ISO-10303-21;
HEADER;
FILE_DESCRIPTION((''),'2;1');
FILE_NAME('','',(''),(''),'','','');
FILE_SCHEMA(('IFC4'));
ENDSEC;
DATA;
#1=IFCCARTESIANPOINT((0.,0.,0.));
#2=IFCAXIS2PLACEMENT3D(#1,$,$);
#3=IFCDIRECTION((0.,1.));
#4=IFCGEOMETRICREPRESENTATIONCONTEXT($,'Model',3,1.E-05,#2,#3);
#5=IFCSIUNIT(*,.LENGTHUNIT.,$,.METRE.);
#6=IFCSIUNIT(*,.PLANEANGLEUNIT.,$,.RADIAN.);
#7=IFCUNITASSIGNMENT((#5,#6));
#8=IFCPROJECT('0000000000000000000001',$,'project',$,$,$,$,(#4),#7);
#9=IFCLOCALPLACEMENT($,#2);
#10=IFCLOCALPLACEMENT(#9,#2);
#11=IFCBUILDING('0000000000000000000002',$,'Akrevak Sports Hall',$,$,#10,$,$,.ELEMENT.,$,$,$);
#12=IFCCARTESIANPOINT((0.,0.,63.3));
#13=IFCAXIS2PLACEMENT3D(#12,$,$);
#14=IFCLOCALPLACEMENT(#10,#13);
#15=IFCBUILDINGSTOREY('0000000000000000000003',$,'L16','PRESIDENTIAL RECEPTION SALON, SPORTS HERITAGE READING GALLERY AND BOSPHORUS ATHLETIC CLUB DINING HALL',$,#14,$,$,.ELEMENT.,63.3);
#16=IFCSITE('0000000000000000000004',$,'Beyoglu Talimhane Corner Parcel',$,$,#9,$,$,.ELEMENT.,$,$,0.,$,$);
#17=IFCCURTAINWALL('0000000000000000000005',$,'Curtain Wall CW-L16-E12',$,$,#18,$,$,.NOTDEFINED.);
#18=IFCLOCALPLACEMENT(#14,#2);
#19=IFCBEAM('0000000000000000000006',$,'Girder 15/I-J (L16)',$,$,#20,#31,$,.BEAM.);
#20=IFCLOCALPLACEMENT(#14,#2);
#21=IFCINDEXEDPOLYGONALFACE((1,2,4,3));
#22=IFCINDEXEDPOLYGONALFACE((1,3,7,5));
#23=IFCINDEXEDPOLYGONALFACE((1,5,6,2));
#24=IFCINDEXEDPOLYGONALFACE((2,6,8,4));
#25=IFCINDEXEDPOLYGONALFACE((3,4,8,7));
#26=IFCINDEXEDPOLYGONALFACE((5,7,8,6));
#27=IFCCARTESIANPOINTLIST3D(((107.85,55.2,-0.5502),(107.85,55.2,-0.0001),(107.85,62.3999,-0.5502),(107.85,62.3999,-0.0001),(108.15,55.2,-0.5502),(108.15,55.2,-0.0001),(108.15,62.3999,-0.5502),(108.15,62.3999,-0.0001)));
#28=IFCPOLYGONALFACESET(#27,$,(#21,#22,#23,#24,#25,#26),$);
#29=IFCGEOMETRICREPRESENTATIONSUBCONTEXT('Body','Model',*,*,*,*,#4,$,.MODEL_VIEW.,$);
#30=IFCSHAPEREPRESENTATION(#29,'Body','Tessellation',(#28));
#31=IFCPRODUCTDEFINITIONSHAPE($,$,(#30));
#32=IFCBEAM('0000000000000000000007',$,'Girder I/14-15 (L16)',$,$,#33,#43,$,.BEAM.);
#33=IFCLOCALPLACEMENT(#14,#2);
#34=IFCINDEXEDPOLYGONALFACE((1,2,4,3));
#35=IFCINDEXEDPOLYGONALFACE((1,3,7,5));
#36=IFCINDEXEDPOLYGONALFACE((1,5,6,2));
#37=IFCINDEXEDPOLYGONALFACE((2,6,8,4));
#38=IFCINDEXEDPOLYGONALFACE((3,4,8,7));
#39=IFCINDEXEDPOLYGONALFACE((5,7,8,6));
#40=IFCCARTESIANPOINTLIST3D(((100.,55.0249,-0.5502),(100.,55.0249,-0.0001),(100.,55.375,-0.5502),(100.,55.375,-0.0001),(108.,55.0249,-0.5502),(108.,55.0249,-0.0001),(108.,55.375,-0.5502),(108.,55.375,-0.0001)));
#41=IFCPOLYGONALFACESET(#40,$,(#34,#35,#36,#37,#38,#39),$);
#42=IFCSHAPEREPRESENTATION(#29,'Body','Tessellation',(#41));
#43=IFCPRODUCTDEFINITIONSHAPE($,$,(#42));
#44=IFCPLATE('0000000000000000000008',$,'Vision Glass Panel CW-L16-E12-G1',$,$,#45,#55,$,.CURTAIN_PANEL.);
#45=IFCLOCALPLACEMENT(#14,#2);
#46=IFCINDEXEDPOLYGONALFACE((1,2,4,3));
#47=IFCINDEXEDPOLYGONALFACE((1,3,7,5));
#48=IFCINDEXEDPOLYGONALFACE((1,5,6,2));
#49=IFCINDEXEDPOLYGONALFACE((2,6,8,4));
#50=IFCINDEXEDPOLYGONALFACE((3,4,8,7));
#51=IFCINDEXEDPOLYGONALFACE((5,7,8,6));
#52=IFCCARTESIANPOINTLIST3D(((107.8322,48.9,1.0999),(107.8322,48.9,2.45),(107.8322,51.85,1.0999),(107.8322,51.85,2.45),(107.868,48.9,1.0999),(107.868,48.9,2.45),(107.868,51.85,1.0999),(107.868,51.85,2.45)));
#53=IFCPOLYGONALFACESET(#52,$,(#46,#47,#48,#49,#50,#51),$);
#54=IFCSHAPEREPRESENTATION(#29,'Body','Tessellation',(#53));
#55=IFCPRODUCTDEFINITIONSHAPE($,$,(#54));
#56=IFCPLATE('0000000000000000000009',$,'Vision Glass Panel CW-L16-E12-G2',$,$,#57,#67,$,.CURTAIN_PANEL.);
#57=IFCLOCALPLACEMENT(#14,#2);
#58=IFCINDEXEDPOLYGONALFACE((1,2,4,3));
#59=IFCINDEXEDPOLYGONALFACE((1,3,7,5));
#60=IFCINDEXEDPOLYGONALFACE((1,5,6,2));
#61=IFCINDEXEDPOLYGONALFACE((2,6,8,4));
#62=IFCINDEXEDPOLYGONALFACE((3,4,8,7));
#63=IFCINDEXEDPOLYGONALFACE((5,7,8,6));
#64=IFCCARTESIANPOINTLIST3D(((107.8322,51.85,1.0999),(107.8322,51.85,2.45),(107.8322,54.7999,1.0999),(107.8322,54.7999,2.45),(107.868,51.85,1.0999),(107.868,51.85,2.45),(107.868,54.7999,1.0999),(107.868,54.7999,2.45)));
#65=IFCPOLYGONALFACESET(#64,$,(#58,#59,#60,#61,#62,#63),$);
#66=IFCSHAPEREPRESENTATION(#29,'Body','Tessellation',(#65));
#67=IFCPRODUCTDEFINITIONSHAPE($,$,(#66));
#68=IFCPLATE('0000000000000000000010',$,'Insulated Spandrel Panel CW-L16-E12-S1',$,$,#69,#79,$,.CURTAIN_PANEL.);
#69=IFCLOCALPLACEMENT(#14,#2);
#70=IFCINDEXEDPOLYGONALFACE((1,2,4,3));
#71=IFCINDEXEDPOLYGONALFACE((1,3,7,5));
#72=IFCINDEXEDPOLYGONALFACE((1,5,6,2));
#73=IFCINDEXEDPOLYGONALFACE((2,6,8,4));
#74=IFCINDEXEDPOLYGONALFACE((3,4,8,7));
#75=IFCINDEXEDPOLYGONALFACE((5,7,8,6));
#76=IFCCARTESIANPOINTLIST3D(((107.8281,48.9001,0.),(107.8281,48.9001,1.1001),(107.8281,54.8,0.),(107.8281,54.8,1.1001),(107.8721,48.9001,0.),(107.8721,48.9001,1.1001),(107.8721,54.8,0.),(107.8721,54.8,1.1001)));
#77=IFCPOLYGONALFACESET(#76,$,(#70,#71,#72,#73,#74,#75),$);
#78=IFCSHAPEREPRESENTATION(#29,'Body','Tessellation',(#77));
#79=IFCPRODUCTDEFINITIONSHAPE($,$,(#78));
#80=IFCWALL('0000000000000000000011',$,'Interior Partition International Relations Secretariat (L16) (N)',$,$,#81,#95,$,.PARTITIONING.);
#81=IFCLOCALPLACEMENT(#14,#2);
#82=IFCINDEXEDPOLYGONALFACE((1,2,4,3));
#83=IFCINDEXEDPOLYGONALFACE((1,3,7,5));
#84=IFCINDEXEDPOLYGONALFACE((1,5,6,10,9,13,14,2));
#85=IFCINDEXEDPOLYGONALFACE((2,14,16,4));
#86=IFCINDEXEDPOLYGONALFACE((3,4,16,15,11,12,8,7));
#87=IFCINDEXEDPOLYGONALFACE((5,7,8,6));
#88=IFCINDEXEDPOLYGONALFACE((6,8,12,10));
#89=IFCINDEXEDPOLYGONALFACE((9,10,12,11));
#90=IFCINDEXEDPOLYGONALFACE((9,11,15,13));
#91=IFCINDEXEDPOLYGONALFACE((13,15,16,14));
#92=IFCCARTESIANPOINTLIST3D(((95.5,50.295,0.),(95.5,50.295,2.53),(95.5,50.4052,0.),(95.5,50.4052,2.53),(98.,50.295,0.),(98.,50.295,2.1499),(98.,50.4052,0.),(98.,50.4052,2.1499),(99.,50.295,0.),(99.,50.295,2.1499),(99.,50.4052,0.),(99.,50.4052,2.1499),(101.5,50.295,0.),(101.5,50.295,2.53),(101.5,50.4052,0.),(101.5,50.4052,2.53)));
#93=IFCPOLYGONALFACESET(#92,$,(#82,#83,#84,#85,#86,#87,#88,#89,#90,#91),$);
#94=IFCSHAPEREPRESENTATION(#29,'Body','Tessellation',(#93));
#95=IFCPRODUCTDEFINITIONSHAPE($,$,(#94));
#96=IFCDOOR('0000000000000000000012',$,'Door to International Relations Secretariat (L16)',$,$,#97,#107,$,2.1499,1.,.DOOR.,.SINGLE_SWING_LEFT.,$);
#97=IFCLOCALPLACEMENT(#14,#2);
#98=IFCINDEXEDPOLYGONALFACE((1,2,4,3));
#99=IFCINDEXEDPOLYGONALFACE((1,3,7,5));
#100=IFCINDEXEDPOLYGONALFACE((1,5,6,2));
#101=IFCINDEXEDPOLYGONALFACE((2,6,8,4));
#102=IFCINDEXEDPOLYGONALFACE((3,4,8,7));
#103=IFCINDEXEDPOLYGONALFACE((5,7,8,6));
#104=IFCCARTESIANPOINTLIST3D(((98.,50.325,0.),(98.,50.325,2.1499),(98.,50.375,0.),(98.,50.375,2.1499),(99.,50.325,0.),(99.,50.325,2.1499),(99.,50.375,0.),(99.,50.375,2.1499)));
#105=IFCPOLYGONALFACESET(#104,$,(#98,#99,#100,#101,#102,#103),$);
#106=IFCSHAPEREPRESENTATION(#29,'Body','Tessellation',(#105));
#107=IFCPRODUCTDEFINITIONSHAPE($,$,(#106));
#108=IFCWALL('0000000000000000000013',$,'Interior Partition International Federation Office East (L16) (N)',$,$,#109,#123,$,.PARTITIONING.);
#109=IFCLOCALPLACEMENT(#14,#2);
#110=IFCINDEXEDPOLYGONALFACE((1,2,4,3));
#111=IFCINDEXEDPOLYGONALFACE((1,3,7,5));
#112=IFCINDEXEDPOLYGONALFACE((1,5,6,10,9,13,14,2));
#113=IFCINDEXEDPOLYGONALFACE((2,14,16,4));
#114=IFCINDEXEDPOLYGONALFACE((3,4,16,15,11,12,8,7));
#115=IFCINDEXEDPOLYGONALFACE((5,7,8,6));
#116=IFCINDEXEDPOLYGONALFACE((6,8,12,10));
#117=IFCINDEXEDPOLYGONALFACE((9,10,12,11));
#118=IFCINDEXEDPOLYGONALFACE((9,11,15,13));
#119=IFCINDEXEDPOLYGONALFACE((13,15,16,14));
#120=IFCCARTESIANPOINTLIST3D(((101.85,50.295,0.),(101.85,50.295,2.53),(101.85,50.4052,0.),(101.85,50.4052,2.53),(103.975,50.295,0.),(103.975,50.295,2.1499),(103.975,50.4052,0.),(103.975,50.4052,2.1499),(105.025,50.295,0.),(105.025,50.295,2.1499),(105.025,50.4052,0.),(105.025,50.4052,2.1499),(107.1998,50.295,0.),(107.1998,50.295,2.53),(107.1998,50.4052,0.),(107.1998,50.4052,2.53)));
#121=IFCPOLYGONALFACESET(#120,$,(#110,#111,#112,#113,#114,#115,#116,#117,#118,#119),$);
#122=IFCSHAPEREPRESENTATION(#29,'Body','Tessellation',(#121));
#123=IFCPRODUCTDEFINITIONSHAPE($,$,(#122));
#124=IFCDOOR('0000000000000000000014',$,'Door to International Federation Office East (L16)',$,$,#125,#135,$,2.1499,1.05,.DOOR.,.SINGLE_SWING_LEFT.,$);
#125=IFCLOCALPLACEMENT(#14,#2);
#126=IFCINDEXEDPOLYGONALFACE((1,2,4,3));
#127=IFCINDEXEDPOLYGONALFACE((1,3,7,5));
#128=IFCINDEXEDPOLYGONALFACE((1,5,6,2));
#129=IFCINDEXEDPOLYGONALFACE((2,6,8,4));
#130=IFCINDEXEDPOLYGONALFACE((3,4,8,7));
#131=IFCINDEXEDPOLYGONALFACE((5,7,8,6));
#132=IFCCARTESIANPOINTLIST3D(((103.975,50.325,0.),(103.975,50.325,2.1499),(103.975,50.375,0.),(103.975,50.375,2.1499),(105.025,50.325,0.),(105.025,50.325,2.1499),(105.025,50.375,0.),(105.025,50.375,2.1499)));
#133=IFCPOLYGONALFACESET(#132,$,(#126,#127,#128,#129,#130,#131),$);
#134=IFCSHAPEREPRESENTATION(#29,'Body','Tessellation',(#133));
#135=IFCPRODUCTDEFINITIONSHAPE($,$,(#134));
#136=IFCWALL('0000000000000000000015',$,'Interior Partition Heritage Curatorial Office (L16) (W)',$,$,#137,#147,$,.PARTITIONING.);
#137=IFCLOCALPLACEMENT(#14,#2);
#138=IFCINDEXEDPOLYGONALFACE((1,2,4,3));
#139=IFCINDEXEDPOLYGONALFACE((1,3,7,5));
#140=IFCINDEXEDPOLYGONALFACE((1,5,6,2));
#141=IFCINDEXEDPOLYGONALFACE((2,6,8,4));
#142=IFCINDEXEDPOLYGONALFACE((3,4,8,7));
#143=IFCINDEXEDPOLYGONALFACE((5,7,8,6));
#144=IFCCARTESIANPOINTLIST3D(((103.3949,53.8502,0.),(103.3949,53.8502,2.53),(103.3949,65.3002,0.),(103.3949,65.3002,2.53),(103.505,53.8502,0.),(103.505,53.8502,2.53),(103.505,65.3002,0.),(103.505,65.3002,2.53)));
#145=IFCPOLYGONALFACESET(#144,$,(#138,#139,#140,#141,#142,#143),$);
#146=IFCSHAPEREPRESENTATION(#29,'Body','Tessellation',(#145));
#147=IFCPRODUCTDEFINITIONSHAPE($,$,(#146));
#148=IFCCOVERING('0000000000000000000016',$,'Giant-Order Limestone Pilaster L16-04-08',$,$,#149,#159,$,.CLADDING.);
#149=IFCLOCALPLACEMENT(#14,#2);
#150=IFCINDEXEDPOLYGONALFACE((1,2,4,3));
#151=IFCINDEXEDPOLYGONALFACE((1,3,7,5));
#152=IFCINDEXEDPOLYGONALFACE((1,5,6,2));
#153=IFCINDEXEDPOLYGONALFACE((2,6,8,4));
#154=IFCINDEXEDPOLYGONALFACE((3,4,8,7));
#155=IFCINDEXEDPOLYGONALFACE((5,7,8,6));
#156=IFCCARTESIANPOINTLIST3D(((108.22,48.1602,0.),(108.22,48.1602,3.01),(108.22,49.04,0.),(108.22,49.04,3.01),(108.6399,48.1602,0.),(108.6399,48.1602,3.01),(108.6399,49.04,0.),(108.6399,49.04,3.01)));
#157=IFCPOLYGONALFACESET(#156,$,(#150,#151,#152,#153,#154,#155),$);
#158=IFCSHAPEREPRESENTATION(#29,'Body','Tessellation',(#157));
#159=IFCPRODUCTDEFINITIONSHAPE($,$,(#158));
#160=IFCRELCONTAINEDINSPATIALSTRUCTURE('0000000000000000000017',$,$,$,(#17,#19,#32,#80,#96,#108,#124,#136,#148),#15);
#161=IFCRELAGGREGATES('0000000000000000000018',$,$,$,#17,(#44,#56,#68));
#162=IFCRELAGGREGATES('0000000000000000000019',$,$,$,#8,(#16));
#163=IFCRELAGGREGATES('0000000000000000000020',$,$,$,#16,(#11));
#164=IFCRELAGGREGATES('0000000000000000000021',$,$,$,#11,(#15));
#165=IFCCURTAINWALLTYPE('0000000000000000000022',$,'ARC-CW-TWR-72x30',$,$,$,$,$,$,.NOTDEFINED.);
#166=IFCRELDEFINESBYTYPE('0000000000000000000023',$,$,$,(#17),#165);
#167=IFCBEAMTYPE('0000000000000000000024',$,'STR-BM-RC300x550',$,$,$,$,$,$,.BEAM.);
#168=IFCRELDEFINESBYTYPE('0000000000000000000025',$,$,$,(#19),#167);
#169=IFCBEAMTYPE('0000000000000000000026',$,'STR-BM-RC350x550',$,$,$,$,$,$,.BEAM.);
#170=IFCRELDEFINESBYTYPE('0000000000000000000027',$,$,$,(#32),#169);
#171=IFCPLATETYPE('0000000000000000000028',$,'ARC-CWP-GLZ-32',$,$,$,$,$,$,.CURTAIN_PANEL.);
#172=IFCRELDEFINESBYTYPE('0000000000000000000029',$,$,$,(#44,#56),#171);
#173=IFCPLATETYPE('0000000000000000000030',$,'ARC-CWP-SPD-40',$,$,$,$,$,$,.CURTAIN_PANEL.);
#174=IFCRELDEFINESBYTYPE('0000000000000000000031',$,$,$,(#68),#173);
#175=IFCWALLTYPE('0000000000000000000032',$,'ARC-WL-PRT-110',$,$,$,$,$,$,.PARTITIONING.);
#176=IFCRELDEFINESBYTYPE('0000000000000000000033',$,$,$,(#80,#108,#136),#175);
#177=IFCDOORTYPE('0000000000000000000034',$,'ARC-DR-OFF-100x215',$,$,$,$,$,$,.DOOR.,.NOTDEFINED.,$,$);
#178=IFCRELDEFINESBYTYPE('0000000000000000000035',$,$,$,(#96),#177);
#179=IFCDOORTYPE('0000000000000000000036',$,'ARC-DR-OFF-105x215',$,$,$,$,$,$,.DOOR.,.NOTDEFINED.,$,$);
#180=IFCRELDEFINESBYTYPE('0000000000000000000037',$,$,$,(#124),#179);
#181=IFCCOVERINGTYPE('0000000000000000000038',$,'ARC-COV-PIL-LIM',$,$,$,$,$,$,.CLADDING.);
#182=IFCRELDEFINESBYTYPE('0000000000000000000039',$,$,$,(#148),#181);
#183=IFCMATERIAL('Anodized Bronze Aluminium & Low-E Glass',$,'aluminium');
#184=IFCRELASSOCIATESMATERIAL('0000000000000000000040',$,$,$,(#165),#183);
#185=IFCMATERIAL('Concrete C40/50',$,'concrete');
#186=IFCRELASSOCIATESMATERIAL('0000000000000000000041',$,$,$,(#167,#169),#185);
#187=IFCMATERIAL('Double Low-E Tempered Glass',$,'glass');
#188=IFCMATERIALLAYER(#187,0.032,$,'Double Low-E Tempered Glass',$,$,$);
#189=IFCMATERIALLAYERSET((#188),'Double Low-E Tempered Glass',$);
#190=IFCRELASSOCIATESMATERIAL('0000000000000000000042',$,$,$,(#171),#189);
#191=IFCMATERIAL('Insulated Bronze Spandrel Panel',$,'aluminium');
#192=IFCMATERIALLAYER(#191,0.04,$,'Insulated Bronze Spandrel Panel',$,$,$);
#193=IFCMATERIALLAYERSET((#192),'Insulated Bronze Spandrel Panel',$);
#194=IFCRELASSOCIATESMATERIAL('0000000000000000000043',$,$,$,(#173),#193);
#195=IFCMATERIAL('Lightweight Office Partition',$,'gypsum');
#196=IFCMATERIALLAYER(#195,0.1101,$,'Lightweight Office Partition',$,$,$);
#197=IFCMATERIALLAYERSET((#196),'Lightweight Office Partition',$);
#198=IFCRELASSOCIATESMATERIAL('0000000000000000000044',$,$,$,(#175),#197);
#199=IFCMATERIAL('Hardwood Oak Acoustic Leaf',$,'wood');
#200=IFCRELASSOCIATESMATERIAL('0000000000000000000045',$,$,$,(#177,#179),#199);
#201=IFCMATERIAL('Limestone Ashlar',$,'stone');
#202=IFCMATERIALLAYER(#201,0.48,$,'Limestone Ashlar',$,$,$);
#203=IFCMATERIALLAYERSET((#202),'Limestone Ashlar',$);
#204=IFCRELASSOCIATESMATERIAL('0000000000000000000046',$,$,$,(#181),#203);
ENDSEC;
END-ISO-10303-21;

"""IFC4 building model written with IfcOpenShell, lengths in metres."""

from ifc_helpers import new_model, si_unit, direction, frame, frame_2d, origin, origin_2d, place, context, subcontext, project, spatial, rectangle, extrude, material, layer, layer_set, material_profile, profile_set, type_object, element, fill, aggregate, save


model = new_model("IFC4")

# Units and contexts
model_context = context("Model", 3, precision=1e-05, world=origin(), true_north=direction((0.0, 1.0)))
body_context = subcontext(model_context, "Body", "Model", "MODEL_VIEW")
ifc_project = project(units=[si_unit("LENGTHUNIT", "METRE"), si_unit("PLANEANGLEUNIT", "RADIAN")], contexts=[model_context])

# Site, building, storey
site_placement = place(None, origin())
site = spatial("IfcSite", under=ifc_project, at=site_placement, Name="Beyoglu Talimhane Corner Parcel", CompositionType="ELEMENT", RefElevation=0.0)
building_placement = place(site_placement, origin())
building = spatial("IfcBuilding", under=site, at=building_placement, Name="Akrevak Sports Hall", CompositionType="ELEMENT")
storey_placement = place(building_placement, frame((0.0, 0.0, 63.3)))
storey = spatial("IfcBuildingStorey", under=building, at=storey_placement, Name="L16", Description="PRESIDENTIAL RECEPTION SALON, SPORTS HERITAGE READING GALLERY AND BOSPHORUS ATHLETIC CLUB DINING HALL", CompositionType="ELEMENT", Elevation=63.3)

# Shared definitions
ifc_material_1 = material(Name="Concrete C40/50", Category="concrete")

# Shared definitions
ifc_material_2 = material(Name="Anodized Bronze Aluminium & Low-E Glass", Category="aluminium")
curtain_wall_type = type_object("IfcCurtainWallType", Name="ARC-CW-TWR-72x30", PredefinedType="NOTDEFINED", material=ifc_material_2)

# Curtain wall
curtain_wall_1_placement = place(storey_placement, origin())
curtain_wall_1 = element("IfcCurtainWall", 1, at=curtain_wall_1_placement, inside=storey, type_object=curtain_wall_type, Name="Curtain Wall CW-L16-E12", PredefinedType="NOTDEFINED")

# Beams
ifc_material_profile_1 = material_profile(ifc_material_1, rectangle(XDim=0.3, YDim=0.55, at=origin_2d()), Name="BM 300x550", Category="concrete")
ifc_profile_set_1 = profile_set([ifc_material_profile_1], Name="Concrete C40/50")
beam_type_1 = type_object("IfcBeamType", Name="STR-BM-RC300x550", PredefinedType="BEAM", material=ifc_profile_set_1)
beam_1_placement = place(storey_placement, frame((108.0, 55.2, -0.2751), z_axis=(0.0, 1.0, 0.0), x_axis=(-1.0, 0.0, 0.0)))
element("IfcBeam", 2, at=beam_1_placement, inside=storey, type_object=beam_type_1, Name="Girder 15/I-J (L16)", PredefinedType="BEAM", context=body_context, shape_type="SweptSolid", body=[
    extrude(rectangle(XDim=0.3, YDim=0.55, at=origin_2d()), origin(), (0.0, 0.0, 1.0), 7.2),
])
ifc_material_profile_2 = material_profile(ifc_material_1, rectangle(XDim=0.3501, YDim=0.55, at=origin_2d()), Name="BM 350x550", Category="concrete")
ifc_profile_set_2 = profile_set([ifc_material_profile_2], Name="Concrete C40/50")
beam_type_2 = type_object("IfcBeamType", Name="STR-BM-RC350x550", PredefinedType="BEAM", material=ifc_profile_set_2)
beam_2_placement = place(storey_placement, frame((100.0, 55.2, -0.2751), z_axis=(1.0, 0.0, 0.0), x_axis=(0.0, 1.0, 0.0)))
element("IfcBeam", 3, at=beam_2_placement, inside=storey, type_object=beam_type_2, Name="Girder I/14-15 (L16)", PredefinedType="BEAM", context=body_context, shape_type="SweptSolid", body=[
    extrude(rectangle(XDim=0.3501, YDim=0.55, at=origin_2d()), origin(), (0.0, 0.0, 1.0), 8.0),
])

# Plates
ifc_material_3 = material(Name="Double Low-E Tempered Glass", Category="glass")
ifc_layer_1 = layer(ifc_material_3, 0.032, Name="Double Low-E Tempered Glass")
ifc_layer_set_1 = layer_set([ifc_layer_1], Name="Double Low-E Tempered Glass")
plate_type_1 = type_object("IfcPlateType", Name="ARC-CWP-GLZ-32", PredefinedType="CURTAIN_PANEL", material=ifc_layer_set_1)
plate_1_placement = place(storey_placement, frame((107.8501, 50.375, 1.0999), z_axis=(0.0, 0.0, 1.0), x_axis=(0.0, 1.0, 0.0)))
plate_1 = element("IfcPlate", 4, at=plate_1_placement, type_object=plate_type_1, Name="Vision Glass Panel CW-L16-E12-G1", PredefinedType="CURTAIN_PANEL", context=body_context, shape_type="SweptSolid", body=[
    extrude(rectangle(XDim=2.95, YDim=0.0359, at=origin_2d()), origin(), (0.0, 0.0, 1.0), 1.3501),
])
plate_2_placement = place(storey_placement, frame((107.8501, 53.325, 1.0999), z_axis=(0.0, 0.0, 1.0), x_axis=(0.0, 1.0, 0.0)))
plate_2 = element("IfcPlate", 5, at=plate_2_placement, type_object=plate_type_1, Name="Vision Glass Panel CW-L16-E12-G2", PredefinedType="CURTAIN_PANEL", context=body_context, shape_type="SweptSolid", body=[
    extrude(rectangle(XDim=2.95, YDim=0.0359, at=origin_2d()), origin(), (0.0, 0.0, 1.0), 1.3501),
])
ifc_material_4 = material(Name="Insulated Bronze Spandrel Panel", Category="aluminium")
ifc_layer_2 = layer(ifc_material_4, 0.04, Name="Insulated Bronze Spandrel Panel")
ifc_layer_set_2 = layer_set([ifc_layer_2], Name="Insulated Bronze Spandrel Panel")
plate_type_2 = type_object("IfcPlateType", Name="ARC-CWP-SPD-40", PredefinedType="CURTAIN_PANEL", material=ifc_layer_set_2)
plate_3_placement = place(storey_placement, frame((107.8501, 51.8501, 0.0), z_axis=(0.0, 0.0, 1.0), x_axis=(0.0, 1.0, 0.0)))
plate_3 = element("IfcPlate", 6, at=plate_3_placement, type_object=plate_type_2, Name="Insulated Spandrel Panel CW-L16-E12-S1", PredefinedType="CURTAIN_PANEL", context=body_context, shape_type="SweptSolid", body=[
    extrude(rectangle(XDim=5.8999, YDim=0.0439, at=origin_2d()), origin(), (0.0, 0.0, 1.0), 1.1001),
])
aggregate(curtain_wall_1, [plate_1, plate_2, plate_3])

# Walls, openings, doors
ifc_material_5 = material(Name="Lightweight Office Partition", Category="gypsum")
ifc_layer_3 = layer(ifc_material_5, 0.1101, Name="Lightweight Office Partition")
ifc_layer_set_3 = layer_set([ifc_layer_3], Name="Lightweight Office Partition")
wall_type = type_object("IfcWallType", Name="ARC-WL-PRT-110", PredefinedType="PARTITIONING", material=ifc_layer_set_3)
wall_1_placement = place(storey_placement, frame((95.5, 50.3501, 0.0), z_axis=(0.0, 0.0, 1.0), x_axis=(1.0, 0.0, 0.0)))
wall_1 = element("IfcWall", 7, at=wall_1_placement, inside=storey, type_object=wall_type, Name="Interior Partition International Relations Secretariat (L16) (N)", PredefinedType="PARTITIONING", context=body_context, shape_type="SweptSolid", body=[
    extrude(rectangle(XDim=6.0, YDim=0.1101, at=frame_2d((3.0, 0.0))), origin(), (0.0, 0.0, 1.0), 2.53),
])
opening_1_placement = place(wall_1_placement, frame((2.5, 0.0, 0.0)))
opening_1 = element("IfcOpeningElement", 8, at=opening_1_placement, cuts=wall_1, PredefinedType="OPENING", context=body_context, shape_type="SweptSolid", body=[
    extrude(rectangle(XDim=1.0, YDim=2.1499, at=frame_2d((0.5, 1.075))), frame((0.0, 0.0669, 0.0), z_axis=(0.0, -1.0, 0.0), x_axis=(1.0, 0.0, 0.0)), (0.0, 0.0, 1.0), 0.134),
])
ifc_material_6 = material(Name="Hardwood Oak Acoustic Leaf", Category="wood")
door_type_1 = type_object("IfcDoorType", Name="ARC-DR-OFF-100x215", OperationType="NOTDEFINED", PredefinedType="DOOR", material=ifc_material_6)
door_1_placement = place(opening_1_placement, origin())
door_1 = element("IfcDoor", 9, at=door_1_placement, inside=storey, type_object=door_type_1, Name="Door to International Relations Secretariat (L16)", OperationType="SINGLE_SWING_LEFT", OverallHeight=2.1499, OverallWidth=1.0, PredefinedType="DOOR", context=body_context, shape_type="SweptSolid", body=[
    extrude(rectangle(XDim=1.0, YDim=2.1499, at=frame_2d((0.5, 1.075))), frame((0.0, 0.0249, 0.0), z_axis=(0.0, -1.0, 0.0), x_axis=(1.0, 0.0, 0.0)), (0.0, 0.0, 1.0), 0.05),
])
fill(opening_1, door_1)
wall_2_placement = place(storey_placement, frame((101.8501, 50.3501, 0.0), z_axis=(0.0, 0.0, 1.0), x_axis=(1.0, 0.0, 0.0)))
wall_2 = element("IfcWall", 10, at=wall_2_placement, inside=storey, type_object=wall_type, Name="Interior Partition International Federation Office East (L16) (N)", PredefinedType="PARTITIONING", context=body_context, shape_type="SweptSolid", body=[
    extrude(rectangle(XDim=5.3499, YDim=0.1101, at=frame_2d((2.6748, 0.0))), origin(), (0.0, 0.0, 1.0), 2.53),
])
opening_2_placement = place(wall_2_placement, frame((2.125, 0.0, 0.0)))
opening_2 = element("IfcOpeningElement", 11, at=opening_2_placement, cuts=wall_2, PredefinedType="OPENING", context=body_context, shape_type="SweptSolid", body=[
    extrude(rectangle(XDim=1.05, YDim=2.1499, at=frame_2d((0.5249, 1.075))), frame((0.0, 0.0669, 0.0), z_axis=(0.0, -1.0, 0.0), x_axis=(1.0, 0.0, 0.0)), (0.0, 0.0, 1.0), 0.134),
])
door_type_2 = type_object("IfcDoorType", Name="ARC-DR-OFF-105x215", OperationType="NOTDEFINED", PredefinedType="DOOR", material=ifc_material_6)
door_2_placement = place(opening_2_placement, origin())
door_2 = element("IfcDoor", 12, at=door_2_placement, inside=storey, type_object=door_type_2, Name="Door to International Federation Office East (L16)", OperationType="SINGLE_SWING_LEFT", OverallHeight=2.1499, OverallWidth=1.05, PredefinedType="DOOR", context=body_context, shape_type="SweptSolid", body=[
    extrude(rectangle(XDim=1.05, YDim=2.1499, at=frame_2d((0.5249, 1.075))), frame((0.0, 0.0249, 0.0), z_axis=(0.0, -1.0, 0.0), x_axis=(1.0, 0.0, 0.0)), (0.0, 0.0, 1.0), 0.05),
])
fill(opening_2, door_2)

# Wall
wall_3_placement = place(storey_placement, frame((103.45, 53.8501, 0.0), z_axis=(0.0, 0.0, 1.0), x_axis=(0.0, 1.0, 0.0)))
element("IfcWall", 13, at=wall_3_placement, inside=storey, type_object=wall_type, Name="Interior Partition Heritage Curatorial Office (L16) (W)", PredefinedType="PARTITIONING", context=body_context, shape_type="SweptSolid", body=[
    extrude(rectangle(XDim=11.45, YDim=0.1101, at=frame_2d((5.7251, 0.0))), origin(), (0.0, 0.0, 1.0), 2.53),
])

# Covering
ifc_material_7 = material(Name="Limestone Ashlar", Category="stone")
ifc_layer_4 = layer(ifc_material_7, 0.48, Name="Limestone Ashlar")
ifc_layer_set_4 = layer_set([ifc_layer_4], Name="Limestone Ashlar")
covering_type = type_object("IfcCoveringType", Name="ARC-COV-PIL-LIM", PredefinedType="CLADDING", material=ifc_layer_set_4)
covering_placement = place(storey_placement, frame((108.4299, 48.6001, 0.0), z_axis=(0.0, 0.0, 1.0), x_axis=(0.0, 1.0, 0.0)))
element("IfcCovering", 14, at=covering_placement, inside=storey, type_object=covering_type, Name="Giant-Order Limestone Pilaster L16-04-08", PredefinedType="CLADDING", context=body_context, shape_type="SweptSolid", body=[
    extrude(rectangle(XDim=0.8799, YDim=0.4199, at=origin_2d()), origin(), (0.0, 0.0, 1.0), 3.01),
])

save(model, "model.ifc")
